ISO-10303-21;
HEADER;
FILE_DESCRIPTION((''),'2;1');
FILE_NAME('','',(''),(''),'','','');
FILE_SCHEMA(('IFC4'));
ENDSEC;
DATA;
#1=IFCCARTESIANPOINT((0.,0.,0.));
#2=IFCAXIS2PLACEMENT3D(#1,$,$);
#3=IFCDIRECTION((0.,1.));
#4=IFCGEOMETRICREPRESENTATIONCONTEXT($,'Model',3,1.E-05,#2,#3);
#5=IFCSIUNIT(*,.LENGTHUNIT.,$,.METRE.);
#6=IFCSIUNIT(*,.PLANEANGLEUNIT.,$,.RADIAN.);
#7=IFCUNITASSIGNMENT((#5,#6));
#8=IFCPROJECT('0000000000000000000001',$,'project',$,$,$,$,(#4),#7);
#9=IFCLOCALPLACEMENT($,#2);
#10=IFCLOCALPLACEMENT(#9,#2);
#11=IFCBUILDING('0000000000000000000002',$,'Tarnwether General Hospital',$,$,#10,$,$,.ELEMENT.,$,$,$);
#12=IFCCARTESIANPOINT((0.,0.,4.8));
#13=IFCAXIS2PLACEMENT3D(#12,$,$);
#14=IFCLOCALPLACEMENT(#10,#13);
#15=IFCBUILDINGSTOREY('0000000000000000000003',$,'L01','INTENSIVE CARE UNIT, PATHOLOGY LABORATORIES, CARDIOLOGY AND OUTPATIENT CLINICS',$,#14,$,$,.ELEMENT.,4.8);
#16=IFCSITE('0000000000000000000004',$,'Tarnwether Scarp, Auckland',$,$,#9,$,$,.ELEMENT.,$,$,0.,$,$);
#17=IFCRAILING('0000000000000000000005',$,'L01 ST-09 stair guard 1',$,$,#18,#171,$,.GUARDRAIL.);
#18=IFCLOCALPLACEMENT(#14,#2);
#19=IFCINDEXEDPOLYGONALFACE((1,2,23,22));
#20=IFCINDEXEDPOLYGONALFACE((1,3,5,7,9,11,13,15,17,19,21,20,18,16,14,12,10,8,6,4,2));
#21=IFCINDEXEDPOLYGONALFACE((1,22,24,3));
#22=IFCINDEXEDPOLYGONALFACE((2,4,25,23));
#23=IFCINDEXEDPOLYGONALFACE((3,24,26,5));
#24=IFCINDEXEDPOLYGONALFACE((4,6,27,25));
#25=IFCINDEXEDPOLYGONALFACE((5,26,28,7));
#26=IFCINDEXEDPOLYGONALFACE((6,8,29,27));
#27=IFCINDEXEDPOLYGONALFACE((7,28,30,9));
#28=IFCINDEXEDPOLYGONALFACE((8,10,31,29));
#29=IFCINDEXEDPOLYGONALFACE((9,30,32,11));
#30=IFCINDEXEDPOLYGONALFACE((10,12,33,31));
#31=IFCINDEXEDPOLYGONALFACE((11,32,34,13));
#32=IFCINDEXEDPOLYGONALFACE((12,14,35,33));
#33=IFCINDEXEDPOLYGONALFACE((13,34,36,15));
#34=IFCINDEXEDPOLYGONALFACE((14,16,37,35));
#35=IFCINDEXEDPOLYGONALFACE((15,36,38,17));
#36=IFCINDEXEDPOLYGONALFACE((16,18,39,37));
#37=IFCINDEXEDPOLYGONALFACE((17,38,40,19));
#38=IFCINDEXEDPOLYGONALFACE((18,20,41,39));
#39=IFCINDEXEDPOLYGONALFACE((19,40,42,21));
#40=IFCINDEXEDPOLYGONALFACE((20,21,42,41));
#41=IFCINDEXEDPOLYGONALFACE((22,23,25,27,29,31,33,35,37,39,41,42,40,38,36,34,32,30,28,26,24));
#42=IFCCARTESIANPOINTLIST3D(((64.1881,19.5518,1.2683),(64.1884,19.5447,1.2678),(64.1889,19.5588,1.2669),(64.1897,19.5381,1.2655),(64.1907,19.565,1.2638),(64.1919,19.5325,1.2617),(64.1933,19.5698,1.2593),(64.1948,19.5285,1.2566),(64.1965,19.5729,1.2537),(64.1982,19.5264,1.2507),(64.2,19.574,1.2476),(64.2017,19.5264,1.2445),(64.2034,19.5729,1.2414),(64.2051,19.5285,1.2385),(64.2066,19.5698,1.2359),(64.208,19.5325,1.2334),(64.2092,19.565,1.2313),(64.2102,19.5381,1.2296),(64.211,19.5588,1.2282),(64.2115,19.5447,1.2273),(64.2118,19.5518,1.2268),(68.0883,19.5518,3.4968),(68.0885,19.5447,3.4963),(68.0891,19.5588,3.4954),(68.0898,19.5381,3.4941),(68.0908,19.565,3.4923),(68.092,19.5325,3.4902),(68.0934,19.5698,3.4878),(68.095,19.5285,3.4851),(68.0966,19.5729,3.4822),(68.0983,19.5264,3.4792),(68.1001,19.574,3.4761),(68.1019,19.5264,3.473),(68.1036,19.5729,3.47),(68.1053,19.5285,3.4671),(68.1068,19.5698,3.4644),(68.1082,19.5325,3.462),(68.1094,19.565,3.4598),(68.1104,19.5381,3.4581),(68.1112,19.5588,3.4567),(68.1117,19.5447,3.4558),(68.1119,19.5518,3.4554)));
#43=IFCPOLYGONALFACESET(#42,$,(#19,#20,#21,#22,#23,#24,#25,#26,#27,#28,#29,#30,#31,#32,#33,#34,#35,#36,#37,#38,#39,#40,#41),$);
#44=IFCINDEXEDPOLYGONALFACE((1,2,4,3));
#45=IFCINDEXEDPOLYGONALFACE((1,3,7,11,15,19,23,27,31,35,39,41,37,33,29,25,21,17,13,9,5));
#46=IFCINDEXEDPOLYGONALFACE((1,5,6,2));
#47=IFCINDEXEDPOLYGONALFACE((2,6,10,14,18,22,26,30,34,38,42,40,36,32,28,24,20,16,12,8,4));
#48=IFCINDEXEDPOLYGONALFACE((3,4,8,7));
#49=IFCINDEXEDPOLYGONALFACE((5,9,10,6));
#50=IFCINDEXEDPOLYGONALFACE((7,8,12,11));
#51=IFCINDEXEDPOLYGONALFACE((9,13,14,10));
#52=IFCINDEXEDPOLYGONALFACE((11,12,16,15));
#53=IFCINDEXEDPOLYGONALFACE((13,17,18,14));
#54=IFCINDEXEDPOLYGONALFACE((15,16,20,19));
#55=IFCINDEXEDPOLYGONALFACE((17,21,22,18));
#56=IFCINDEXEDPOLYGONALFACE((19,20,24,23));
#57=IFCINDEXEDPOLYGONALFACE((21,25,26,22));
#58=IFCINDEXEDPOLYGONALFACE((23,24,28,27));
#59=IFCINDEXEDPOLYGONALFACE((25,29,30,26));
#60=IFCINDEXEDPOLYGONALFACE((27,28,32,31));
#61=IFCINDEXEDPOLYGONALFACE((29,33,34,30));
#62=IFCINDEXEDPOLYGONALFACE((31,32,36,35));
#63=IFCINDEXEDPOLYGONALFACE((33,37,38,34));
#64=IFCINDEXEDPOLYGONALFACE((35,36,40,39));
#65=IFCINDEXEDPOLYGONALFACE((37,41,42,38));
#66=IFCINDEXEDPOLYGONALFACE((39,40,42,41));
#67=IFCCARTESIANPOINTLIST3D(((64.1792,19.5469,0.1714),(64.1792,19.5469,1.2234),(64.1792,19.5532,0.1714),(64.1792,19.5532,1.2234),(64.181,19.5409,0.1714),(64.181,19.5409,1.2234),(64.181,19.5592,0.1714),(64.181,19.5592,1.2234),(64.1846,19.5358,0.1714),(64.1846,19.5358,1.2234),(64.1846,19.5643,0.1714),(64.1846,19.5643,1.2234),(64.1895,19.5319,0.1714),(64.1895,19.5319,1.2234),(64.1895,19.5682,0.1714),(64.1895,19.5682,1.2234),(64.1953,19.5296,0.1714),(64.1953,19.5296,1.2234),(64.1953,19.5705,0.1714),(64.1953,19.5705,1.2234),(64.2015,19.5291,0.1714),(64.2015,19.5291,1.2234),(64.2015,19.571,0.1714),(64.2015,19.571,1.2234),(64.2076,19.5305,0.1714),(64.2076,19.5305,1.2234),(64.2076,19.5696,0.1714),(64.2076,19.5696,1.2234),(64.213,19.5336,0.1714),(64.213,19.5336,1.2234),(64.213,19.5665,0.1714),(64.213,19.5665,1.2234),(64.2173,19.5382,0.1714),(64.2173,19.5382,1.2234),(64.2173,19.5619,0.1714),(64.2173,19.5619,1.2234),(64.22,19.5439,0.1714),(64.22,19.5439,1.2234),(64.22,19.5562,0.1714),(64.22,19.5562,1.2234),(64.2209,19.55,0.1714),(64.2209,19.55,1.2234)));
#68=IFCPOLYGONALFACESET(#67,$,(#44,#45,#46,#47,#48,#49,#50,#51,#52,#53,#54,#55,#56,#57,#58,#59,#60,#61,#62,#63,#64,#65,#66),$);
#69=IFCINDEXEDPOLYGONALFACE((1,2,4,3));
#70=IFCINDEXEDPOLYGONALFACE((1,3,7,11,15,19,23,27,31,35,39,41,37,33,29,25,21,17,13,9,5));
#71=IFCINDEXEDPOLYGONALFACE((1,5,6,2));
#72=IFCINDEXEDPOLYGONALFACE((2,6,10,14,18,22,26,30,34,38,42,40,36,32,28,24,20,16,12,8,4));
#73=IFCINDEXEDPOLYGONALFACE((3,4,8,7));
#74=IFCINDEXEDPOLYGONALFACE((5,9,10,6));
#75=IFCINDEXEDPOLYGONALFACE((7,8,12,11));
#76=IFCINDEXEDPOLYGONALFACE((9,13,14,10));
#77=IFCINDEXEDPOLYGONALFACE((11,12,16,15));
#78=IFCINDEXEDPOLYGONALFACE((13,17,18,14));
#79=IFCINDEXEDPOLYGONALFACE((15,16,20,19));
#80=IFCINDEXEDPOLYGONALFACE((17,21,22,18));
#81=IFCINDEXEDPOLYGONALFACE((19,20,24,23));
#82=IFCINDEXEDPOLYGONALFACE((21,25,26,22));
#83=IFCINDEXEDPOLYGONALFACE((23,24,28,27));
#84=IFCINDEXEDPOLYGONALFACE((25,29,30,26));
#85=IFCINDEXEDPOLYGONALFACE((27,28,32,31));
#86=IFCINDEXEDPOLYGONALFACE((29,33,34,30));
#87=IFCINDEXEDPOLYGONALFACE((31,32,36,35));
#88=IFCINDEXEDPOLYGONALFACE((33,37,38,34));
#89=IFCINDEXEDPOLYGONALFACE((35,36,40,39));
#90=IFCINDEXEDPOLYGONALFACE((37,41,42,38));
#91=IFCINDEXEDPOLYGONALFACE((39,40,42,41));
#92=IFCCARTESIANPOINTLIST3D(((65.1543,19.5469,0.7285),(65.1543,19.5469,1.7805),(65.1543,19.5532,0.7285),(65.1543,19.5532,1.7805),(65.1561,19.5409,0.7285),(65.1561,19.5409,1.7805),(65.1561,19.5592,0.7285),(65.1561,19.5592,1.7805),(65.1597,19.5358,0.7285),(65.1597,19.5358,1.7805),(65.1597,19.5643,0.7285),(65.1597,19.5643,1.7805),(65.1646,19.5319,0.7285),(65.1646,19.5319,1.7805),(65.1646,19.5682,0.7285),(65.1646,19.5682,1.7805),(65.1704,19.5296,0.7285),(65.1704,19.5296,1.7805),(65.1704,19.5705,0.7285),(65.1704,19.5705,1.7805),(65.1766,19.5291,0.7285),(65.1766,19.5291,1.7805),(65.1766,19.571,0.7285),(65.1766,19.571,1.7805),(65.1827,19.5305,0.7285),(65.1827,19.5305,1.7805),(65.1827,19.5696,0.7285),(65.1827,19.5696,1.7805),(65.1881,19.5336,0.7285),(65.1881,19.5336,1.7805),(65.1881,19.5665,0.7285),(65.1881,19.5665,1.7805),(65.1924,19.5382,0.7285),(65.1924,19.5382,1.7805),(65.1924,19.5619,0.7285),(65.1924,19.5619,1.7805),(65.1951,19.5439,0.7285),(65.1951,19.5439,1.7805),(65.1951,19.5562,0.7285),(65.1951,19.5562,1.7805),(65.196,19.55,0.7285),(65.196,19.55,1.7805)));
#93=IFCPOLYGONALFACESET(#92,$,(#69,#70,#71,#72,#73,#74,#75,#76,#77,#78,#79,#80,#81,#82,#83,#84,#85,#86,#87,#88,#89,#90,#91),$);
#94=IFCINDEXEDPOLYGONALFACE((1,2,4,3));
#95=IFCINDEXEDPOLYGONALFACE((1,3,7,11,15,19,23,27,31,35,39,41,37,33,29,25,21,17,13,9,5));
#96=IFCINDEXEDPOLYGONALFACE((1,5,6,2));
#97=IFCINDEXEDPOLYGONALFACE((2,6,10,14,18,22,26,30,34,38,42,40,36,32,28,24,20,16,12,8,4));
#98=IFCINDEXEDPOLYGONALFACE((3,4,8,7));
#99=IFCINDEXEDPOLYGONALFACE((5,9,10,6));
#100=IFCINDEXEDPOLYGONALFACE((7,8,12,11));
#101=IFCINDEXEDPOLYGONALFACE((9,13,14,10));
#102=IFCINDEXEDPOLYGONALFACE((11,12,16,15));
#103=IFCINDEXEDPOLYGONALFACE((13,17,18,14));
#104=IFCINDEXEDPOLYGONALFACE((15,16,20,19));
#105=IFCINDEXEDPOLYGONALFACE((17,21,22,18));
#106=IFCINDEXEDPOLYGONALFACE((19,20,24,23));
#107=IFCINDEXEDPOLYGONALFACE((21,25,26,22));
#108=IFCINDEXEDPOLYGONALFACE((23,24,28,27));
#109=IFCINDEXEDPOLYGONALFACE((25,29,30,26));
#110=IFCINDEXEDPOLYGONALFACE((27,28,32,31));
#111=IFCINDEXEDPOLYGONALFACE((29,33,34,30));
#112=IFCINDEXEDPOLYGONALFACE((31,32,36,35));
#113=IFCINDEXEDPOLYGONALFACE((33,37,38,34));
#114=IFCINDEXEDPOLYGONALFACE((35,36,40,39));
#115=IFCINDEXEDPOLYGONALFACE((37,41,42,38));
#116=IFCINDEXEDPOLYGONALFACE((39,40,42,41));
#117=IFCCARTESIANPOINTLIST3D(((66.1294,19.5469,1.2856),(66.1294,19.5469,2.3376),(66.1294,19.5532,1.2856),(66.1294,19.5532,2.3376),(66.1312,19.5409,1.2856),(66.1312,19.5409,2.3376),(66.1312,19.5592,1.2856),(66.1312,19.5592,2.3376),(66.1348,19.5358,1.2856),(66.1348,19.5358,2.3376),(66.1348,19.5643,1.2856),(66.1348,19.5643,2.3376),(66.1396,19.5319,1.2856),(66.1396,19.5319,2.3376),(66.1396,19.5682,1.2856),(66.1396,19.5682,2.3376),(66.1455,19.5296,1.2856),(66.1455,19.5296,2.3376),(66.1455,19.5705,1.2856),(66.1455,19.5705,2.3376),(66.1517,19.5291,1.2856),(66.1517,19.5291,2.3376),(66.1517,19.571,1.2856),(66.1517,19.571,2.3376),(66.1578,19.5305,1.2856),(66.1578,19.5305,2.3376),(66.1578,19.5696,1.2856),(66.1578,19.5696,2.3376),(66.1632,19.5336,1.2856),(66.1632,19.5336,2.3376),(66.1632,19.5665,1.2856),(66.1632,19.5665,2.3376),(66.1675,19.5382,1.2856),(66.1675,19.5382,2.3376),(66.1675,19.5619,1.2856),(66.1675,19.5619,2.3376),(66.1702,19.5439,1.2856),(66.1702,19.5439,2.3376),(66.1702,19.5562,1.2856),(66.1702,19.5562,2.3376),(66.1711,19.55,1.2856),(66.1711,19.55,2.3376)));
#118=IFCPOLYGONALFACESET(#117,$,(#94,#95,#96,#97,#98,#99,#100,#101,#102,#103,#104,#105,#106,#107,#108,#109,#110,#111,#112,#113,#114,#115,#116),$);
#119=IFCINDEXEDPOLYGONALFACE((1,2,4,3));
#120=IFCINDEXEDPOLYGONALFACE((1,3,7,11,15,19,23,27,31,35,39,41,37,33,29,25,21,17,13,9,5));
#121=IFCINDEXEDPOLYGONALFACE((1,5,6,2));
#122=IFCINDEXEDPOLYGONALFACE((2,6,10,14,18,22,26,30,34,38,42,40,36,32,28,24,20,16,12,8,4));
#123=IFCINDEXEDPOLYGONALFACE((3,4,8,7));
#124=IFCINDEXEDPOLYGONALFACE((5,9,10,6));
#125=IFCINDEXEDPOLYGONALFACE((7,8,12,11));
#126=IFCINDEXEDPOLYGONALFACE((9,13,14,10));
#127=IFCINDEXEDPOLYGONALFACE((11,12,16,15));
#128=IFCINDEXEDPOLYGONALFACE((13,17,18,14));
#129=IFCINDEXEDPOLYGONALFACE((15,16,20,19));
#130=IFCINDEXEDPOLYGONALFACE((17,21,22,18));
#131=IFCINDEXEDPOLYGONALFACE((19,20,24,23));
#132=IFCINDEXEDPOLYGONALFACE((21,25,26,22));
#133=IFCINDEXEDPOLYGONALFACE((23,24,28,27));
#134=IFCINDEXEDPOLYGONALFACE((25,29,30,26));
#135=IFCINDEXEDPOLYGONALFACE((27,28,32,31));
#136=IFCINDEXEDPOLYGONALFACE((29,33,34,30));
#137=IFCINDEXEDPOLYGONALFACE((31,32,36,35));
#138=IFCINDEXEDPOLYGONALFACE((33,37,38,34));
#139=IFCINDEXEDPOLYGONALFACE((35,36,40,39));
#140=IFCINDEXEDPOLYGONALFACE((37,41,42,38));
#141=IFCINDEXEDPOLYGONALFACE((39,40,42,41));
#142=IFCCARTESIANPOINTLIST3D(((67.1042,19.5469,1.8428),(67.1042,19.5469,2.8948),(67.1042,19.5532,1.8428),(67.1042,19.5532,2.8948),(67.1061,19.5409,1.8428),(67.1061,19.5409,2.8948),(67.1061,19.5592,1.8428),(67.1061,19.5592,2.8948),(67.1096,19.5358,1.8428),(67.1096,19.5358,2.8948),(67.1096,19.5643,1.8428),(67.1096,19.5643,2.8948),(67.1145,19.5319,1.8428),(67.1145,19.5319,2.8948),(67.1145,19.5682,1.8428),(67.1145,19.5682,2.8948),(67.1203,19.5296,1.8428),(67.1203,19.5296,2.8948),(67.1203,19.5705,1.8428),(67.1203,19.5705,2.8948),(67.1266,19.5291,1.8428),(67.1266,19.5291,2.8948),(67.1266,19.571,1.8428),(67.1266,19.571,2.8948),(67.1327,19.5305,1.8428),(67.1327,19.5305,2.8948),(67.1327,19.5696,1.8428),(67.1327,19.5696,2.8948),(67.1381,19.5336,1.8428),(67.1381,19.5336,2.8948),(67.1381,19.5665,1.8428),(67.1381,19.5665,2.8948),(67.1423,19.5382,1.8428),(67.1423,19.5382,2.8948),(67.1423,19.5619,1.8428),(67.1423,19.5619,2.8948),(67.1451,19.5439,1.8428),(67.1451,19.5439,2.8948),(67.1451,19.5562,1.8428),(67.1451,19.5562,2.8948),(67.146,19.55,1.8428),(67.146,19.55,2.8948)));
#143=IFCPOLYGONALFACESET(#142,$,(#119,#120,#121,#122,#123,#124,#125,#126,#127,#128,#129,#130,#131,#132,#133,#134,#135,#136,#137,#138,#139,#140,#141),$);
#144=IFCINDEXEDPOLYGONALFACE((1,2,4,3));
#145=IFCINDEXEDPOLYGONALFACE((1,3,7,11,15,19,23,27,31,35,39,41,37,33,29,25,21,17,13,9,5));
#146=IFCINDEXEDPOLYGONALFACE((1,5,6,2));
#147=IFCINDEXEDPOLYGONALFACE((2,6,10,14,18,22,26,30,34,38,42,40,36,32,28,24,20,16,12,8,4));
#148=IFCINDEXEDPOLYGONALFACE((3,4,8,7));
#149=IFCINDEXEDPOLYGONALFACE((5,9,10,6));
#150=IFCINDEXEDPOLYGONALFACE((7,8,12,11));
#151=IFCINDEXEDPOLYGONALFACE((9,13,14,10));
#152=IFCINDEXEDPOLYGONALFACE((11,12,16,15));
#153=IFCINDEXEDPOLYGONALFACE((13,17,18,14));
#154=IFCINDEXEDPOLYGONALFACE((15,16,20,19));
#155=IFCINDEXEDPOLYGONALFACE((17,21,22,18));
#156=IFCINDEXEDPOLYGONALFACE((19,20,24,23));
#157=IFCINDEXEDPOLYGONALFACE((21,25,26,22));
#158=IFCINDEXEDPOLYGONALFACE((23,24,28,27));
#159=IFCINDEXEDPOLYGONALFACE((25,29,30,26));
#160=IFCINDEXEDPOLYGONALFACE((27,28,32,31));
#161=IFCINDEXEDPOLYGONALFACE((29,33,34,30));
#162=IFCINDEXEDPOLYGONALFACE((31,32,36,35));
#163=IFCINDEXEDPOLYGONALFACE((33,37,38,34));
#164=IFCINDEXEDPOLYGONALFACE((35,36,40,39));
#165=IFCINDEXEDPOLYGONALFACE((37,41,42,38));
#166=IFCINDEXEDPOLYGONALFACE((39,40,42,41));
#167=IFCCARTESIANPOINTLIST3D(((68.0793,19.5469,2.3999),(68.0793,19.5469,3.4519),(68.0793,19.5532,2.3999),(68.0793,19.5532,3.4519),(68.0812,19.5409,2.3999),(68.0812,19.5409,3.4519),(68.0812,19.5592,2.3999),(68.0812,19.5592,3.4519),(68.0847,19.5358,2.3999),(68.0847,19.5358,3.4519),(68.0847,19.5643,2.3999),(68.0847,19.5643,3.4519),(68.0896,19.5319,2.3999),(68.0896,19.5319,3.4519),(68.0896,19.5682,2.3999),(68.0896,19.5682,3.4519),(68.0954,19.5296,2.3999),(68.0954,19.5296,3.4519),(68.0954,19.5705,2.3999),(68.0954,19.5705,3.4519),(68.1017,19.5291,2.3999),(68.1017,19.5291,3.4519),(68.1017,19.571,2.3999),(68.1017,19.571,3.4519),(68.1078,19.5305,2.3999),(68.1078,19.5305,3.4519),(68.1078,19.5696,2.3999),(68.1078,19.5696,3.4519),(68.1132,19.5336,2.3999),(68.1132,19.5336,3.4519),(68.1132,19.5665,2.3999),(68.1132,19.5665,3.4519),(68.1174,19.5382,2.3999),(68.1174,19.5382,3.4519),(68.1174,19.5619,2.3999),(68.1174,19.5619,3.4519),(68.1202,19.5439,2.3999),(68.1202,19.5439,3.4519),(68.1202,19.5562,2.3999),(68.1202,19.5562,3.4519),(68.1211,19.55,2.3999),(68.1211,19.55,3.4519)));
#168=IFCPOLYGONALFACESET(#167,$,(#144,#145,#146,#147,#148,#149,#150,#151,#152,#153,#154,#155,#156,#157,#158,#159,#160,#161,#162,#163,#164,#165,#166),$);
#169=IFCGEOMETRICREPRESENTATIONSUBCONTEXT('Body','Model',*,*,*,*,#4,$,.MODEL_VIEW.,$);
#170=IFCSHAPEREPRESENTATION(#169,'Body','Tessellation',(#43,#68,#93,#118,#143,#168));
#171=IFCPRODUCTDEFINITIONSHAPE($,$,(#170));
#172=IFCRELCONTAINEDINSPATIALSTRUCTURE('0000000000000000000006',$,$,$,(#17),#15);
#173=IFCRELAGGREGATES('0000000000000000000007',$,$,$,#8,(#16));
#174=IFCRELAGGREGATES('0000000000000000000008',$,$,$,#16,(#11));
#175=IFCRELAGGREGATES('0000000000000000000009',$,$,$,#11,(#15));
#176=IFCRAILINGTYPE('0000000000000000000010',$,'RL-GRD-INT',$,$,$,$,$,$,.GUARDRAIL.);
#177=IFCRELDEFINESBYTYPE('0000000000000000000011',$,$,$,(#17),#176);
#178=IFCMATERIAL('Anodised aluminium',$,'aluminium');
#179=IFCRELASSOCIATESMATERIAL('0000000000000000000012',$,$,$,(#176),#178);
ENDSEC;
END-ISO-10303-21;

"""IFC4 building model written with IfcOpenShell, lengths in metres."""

from ifc_helpers import new_model, si_unit, direction, frame, origin, origin_2d, place, context, subcontext, project, spatial, circle, extrude, material, type_object, element, save


model = new_model("IFC4")

# Units and contexts
model_context = context("Model", 3, precision=1e-05, world=origin(), true_north=direction((0.0, 1.0)))
body_context = subcontext(model_context, "Body", "Model", "MODEL_VIEW")
ifc_project = project(units=[si_unit("LENGTHUNIT", "METRE"), si_unit("PLANEANGLEUNIT", "RADIAN")], contexts=[model_context])

# Site, building, storey
site_placement = place(None, origin())
site = spatial("IfcSite", under=ifc_project, at=site_placement, Name="Tarnwether Scarp, Auckland", CompositionType="ELEMENT", RefElevation=0.0)
building_placement = place(site_placement, origin())
building = spatial("IfcBuilding", under=site, at=building_placement, Name="Tarnwether General Hospital", CompositionType="ELEMENT")
storey_placement = place(building_placement, frame((0.0, 0.0, 4.8)))
storey = spatial("IfcBuildingStorey", under=building, at=storey_placement, Name="L01", Description="INTENSIVE CARE UNIT, PATHOLOGY LABORATORIES, CARDIOLOGY AND OUTPATIENT CLINICS", CompositionType="ELEMENT", Elevation=4.8)

# Railing
ifc_material_1 = material(Name="Anodised aluminium", Category="aluminium")
railing_type_1 = type_object("IfcRailingType", Name="RL-GRD-INT", PredefinedType="GUARDRAIL", material=ifc_material_1)
railing_1_placement = place(storey_placement, frame((64.2, 19.55, 0.1714)))
element("IfcRailing", 1, at=railing_1_placement, inside=storey, type_object=railing_type_1, Name="L01 ST-09 stair guard 1", PredefinedType="GUARDRAIL", context=body_context, shape_type="SweptSolid", body=[
    extrude(circle(Radius=0.0239, at=origin_2d()), frame((0.0, 0.0, 1.0762), z_axis=(0.868257, 0.0, 0.496116), x_axis=(0.0, 1.0, 0.0)), (0.0, 0.0, 1.0), 4.4919),
    extrude(circle(Radius=0.021, at=origin_2d()), origin(), (0.0, 0.0, 1.0), 1.052),
    extrude(circle(Radius=0.021, at=origin_2d()), frame((0.9751, 0.0, 0.5571)), (0.0, 0.0, 1.0), 1.052),
    extrude(circle(Radius=0.021, at=origin_2d()), frame((1.9502, 0.0, 1.1143)), (0.0, 0.0, 1.0), 1.052),
    extrude(circle(Radius=0.021, at=origin_2d()), frame((2.925, 0.0, 1.6714)), (0.0, 0.0, 1.0), 1.052),
    extrude(circle(Radius=0.021, at=origin_2d()), frame((3.9001, 0.0, 2.2285)), (0.0, 0.0, 1.0), 1.052),
])

save(model, "model.ifc")
